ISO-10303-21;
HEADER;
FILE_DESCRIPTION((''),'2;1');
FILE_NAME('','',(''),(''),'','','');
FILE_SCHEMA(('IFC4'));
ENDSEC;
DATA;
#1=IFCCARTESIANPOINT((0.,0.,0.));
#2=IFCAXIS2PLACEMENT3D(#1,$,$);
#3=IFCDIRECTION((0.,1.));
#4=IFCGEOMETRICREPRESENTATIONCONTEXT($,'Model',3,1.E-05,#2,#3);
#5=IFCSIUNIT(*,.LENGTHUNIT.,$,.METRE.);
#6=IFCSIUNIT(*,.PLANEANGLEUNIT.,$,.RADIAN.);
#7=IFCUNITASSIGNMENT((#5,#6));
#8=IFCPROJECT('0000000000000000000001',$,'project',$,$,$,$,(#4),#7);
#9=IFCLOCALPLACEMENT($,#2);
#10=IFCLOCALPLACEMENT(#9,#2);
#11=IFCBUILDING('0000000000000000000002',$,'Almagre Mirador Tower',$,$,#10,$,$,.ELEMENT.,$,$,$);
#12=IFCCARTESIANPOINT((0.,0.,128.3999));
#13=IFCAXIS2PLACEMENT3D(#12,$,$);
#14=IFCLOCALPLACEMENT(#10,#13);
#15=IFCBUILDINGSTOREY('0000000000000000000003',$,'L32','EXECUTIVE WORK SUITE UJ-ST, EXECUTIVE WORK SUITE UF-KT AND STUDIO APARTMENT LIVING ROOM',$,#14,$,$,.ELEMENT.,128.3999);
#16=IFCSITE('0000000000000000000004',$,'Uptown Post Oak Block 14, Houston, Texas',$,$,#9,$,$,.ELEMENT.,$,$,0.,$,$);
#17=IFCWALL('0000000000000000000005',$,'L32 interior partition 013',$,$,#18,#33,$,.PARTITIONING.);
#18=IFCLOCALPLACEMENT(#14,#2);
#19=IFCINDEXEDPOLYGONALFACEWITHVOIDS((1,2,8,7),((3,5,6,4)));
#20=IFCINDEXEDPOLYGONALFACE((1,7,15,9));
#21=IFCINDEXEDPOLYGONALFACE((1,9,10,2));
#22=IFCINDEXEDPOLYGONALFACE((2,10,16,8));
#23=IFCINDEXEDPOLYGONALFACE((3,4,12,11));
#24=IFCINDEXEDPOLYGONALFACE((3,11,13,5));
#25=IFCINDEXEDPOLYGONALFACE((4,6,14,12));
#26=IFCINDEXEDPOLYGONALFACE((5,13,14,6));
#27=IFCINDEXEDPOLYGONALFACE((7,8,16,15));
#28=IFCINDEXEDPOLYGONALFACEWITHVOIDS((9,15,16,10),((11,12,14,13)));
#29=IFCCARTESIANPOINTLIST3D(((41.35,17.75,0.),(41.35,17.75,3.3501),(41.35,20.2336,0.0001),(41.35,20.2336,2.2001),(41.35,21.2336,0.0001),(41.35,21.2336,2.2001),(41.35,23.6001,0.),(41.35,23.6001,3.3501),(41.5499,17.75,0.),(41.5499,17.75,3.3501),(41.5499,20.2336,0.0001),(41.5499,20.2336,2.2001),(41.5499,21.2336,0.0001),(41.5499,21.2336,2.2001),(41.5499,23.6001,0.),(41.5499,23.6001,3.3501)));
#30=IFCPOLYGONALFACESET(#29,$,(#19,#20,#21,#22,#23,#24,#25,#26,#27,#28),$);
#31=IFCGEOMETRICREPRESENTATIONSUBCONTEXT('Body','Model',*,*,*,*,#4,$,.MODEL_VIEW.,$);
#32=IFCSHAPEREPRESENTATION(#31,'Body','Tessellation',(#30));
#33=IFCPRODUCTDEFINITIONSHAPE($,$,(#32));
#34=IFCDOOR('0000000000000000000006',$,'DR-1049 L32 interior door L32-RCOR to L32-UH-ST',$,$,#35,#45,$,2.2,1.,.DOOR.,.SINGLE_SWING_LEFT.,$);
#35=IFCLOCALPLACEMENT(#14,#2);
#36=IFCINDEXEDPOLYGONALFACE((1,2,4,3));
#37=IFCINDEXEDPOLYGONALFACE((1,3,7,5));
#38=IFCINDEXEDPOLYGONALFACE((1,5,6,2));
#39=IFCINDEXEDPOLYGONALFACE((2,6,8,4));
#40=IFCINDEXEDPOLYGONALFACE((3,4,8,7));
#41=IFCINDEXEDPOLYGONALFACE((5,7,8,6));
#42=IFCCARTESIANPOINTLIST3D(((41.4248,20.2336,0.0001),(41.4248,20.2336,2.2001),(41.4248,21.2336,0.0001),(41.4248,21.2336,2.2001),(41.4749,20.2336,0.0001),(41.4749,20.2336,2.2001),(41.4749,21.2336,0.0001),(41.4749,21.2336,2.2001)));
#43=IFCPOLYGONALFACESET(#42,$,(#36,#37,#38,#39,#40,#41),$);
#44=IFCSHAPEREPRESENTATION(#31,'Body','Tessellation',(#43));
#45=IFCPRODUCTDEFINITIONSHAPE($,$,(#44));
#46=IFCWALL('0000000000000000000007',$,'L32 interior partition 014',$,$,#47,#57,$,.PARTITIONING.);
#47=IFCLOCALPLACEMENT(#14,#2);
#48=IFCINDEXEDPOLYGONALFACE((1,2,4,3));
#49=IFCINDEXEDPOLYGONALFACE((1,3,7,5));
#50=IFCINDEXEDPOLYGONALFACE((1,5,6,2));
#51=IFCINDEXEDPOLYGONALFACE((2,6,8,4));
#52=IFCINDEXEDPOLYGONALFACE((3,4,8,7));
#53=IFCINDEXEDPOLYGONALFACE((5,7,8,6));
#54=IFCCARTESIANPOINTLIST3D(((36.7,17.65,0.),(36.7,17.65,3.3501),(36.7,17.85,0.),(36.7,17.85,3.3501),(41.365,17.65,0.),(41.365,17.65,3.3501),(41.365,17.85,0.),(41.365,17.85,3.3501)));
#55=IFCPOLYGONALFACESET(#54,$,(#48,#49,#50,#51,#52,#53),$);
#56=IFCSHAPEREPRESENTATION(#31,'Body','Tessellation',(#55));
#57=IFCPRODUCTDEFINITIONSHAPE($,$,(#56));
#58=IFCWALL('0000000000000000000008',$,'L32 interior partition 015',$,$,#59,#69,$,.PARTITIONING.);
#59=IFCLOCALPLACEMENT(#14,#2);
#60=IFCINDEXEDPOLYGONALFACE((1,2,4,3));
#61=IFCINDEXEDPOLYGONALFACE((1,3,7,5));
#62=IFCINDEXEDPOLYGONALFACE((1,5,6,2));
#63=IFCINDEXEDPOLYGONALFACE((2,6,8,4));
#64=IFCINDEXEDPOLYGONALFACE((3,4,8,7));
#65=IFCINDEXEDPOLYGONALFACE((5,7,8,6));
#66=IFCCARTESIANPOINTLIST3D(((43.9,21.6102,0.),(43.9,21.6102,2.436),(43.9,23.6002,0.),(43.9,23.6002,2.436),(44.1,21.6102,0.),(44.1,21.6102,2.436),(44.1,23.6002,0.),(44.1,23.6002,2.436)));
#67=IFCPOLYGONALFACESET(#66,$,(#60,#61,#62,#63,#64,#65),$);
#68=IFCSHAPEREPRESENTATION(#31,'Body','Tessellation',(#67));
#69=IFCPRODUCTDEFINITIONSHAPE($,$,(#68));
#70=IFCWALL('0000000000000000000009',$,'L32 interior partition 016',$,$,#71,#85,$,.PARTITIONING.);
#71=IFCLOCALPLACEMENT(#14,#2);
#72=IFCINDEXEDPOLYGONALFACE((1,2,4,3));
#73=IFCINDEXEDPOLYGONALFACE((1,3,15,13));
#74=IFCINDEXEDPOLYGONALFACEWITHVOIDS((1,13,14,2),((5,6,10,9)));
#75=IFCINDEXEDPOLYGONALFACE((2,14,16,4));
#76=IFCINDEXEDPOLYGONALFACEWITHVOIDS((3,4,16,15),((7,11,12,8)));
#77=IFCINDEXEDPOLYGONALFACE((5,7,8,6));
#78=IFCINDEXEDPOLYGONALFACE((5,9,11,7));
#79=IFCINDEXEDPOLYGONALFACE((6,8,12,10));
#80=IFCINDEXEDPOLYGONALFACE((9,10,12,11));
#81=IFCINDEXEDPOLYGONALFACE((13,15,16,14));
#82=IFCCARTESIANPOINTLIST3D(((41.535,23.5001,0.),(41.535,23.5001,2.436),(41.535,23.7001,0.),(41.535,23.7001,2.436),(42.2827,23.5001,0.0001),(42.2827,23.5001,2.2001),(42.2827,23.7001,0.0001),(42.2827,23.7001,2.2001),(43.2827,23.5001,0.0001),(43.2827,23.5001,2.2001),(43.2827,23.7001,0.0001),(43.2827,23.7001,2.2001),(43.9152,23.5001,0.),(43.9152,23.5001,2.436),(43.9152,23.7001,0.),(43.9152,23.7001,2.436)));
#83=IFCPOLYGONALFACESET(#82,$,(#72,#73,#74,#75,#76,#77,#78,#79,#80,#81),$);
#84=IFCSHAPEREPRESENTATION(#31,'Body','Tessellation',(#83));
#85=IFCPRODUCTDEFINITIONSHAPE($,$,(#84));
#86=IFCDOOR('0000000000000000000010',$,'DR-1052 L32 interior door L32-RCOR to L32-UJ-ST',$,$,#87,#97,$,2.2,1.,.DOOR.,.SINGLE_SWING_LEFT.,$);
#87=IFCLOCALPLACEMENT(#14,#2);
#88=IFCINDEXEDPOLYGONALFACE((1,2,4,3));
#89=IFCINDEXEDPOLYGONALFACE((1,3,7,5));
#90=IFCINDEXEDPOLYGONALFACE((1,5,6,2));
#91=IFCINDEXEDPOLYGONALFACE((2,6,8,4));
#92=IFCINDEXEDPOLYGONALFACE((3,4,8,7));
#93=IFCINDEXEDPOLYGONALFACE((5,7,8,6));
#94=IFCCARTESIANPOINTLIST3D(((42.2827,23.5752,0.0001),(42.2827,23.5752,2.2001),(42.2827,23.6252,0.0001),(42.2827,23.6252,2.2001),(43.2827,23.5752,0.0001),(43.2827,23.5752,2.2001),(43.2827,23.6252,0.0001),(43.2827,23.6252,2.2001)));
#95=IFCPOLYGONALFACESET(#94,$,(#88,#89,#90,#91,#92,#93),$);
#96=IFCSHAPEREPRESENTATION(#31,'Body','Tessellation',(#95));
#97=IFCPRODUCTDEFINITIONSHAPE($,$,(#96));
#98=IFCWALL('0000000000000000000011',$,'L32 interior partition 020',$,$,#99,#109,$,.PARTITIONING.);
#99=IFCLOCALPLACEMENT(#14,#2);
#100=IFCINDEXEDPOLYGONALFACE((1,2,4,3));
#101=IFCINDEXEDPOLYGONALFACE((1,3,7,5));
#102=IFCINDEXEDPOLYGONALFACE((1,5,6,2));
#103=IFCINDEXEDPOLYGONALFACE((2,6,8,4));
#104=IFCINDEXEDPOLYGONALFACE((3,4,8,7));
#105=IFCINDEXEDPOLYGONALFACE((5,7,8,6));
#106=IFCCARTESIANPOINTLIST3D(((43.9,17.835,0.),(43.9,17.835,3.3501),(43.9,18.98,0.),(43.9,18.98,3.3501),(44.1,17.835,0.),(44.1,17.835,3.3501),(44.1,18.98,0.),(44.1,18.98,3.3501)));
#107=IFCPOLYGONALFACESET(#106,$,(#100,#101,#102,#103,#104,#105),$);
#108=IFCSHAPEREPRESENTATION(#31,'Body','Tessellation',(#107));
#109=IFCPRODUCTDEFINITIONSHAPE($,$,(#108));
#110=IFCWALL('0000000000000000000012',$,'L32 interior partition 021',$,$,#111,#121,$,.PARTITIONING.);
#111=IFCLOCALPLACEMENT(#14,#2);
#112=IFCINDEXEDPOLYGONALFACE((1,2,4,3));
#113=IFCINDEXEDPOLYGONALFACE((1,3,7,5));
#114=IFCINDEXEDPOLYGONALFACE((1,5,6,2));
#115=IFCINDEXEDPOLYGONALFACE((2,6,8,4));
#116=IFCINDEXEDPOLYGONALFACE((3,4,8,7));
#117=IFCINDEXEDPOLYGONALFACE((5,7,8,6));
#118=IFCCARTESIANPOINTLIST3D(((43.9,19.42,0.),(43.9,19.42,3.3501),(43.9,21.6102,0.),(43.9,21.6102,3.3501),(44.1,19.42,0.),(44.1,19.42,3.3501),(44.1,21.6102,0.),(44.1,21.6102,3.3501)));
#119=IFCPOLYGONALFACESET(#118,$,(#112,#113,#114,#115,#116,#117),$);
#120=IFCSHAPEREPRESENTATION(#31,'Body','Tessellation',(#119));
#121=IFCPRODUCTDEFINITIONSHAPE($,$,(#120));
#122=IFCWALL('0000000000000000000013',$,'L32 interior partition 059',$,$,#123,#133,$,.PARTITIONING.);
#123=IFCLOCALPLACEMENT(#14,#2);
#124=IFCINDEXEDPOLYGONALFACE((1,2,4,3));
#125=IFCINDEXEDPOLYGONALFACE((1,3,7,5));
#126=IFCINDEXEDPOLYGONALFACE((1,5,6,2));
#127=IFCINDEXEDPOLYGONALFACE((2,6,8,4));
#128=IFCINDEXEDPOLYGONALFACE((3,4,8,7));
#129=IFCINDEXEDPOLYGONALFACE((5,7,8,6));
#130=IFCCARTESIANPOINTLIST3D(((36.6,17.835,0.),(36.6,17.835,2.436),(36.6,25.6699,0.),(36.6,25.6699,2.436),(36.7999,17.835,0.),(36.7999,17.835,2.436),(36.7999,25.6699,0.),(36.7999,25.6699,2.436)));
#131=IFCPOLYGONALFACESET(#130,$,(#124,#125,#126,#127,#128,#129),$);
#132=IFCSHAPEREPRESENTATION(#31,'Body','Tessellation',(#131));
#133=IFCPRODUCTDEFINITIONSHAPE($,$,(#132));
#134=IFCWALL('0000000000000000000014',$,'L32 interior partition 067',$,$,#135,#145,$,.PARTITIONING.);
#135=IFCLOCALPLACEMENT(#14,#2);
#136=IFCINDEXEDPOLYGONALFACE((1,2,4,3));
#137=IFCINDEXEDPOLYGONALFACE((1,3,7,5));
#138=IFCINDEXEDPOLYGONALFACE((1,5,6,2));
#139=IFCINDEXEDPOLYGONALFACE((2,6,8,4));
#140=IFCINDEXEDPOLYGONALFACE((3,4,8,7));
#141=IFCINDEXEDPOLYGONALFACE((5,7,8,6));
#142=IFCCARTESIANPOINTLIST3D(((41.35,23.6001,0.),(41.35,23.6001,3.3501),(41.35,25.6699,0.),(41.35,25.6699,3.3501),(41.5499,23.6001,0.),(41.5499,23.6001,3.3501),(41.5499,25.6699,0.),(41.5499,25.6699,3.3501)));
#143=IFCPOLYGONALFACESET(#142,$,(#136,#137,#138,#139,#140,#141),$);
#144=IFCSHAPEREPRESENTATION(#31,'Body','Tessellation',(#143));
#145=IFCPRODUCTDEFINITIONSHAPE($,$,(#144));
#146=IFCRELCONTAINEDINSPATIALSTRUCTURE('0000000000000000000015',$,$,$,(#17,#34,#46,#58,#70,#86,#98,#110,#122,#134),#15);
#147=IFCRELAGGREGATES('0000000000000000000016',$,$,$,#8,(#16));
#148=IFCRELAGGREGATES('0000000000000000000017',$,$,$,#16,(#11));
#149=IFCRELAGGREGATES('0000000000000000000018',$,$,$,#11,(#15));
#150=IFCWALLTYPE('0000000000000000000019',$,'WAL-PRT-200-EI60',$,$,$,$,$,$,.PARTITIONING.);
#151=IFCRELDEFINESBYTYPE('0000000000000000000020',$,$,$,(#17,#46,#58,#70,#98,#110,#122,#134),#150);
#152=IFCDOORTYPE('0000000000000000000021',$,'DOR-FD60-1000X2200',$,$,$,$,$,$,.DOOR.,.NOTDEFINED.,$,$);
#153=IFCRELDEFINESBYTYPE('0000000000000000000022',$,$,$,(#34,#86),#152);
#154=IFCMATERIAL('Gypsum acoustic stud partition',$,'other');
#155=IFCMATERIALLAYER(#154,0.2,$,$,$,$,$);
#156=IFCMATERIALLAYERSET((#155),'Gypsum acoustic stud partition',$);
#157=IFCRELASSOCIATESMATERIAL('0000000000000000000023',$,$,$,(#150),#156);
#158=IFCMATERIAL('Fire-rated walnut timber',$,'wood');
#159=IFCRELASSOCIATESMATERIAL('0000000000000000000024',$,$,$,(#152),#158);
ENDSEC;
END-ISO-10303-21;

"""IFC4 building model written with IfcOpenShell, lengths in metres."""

from ifc_helpers import new_model, si_unit, direction, frame, frame_2d, origin, place, context, subcontext, project, spatial, rectangle, extrude, material, layer, layer_set, type_object, element, fill, save


model = new_model("IFC4")

# Units and contexts
model_context = context("Model", 3, precision=1e-05, world=origin(), true_north=direction((0.0, 1.0)))
body_context = subcontext(model_context, "Body", "Model", "MODEL_VIEW")
ifc_project = project(units=[si_unit("LENGTHUNIT", "METRE"), si_unit("PLANEANGLEUNIT", "RADIAN")], contexts=[model_context])

# Site, building, storey
site_placement = place(None, origin())
site = spatial("IfcSite", under=ifc_project, at=site_placement, Name="Uptown Post Oak Block 14, Houston, Texas", CompositionType="ELEMENT", RefElevation=0.0)
building_placement = place(site_placement, origin())
building = spatial("IfcBuilding", under=site, at=building_placement, Name="Almagre Mirador Tower", CompositionType="ELEMENT")
storey_placement = place(building_placement, frame((0.0, 0.0, 128.3999)))
storey = spatial("IfcBuildingStorey", under=building, at=storey_placement, Name="L32", Description="EXECUTIVE WORK SUITE UJ-ST, EXECUTIVE WORK SUITE UF-KT AND STUDIO APARTMENT LIVING ROOM", CompositionType="ELEMENT", Elevation=128.3999)

# Shared definitions
ifc_material_1 = material(Name="Gypsum acoustic stud partition", Category="other")
ifc_layer_1 = layer(ifc_material_1, 0.2)
ifc_layer_set_1 = layer_set([ifc_layer_1], Name="Gypsum acoustic stud partition")
wall_type_1 = type_object("IfcWallType", Name="WAL-PRT-200-EI60", PredefinedType="PARTITIONING", material=ifc_layer_set_1)

# Wall, opening, door
wall_1_placement = place(storey_placement, frame((41.45, 23.6001, 0.0), z_axis=(0.0, 0.0, 1.0), x_axis=(0.0, -1.0, 0.0)))
wall_1 = element("IfcWall", 1, at=wall_1_placement, inside=storey, type_object=wall_type_1, Name="L32 interior partition 013", PredefinedType="PARTITIONING", context=body_context, shape_type="SweptSolid", body=[
    extrude(rectangle(XDim=5.8501, YDim=0.2, at=frame_2d((2.925, 0.0))), origin(), (0.0, 0.0, 1.0), 3.3501),
])
opening_1_placement = place(wall_1_placement, frame((2.3665, 0.0, 0.0)))
opening_1 = element("IfcOpeningElement", 2, at=opening_1_placement, cuts=wall_1, PredefinedType="OPENING", context=body_context, shape_type="SweptSolid", body=[
    extrude(rectangle(XDim=1.0, YDim=2.2, at=frame_2d((0.5, 1.1001))), frame((0.0, 0.1101, 0.0), z_axis=(0.0, -1.0, 0.0), x_axis=(1.0, 0.0, 0.0)), (0.0, 0.0, 1.0), 0.22),
])
ifc_material_2 = material(Name="Fire-rated walnut timber", Category="wood")
door_type = type_object("IfcDoorType", Name="DOR-FD60-1000X2200", OperationType="NOTDEFINED", PredefinedType="DOOR", material=ifc_material_2)
door_1_placement = place(opening_1_placement, origin())
door_1 = element("IfcDoor", 3, at=door_1_placement, inside=storey, type_object=door_type, Name="DR-1049 L32 interior door L32-RCOR to L32-UH-ST", OperationType="SINGLE_SWING_LEFT", OverallHeight=2.2, OverallWidth=1.0, PredefinedType="DOOR", context=body_context, shape_type="SweptSolid", body=[
    extrude(rectangle(XDim=1.0, YDim=2.2, at=frame_2d((0.5, 1.1001))), frame((0.0, 0.0249, 0.0), z_axis=(0.0, -1.0, 0.0), x_axis=(1.0, 0.0, 0.0)), (0.0, 0.0, 1.0), 0.05),
])
fill(opening_1, door_1)

# Walls
wall_2_placement = place(storey_placement, frame((41.365, 17.75, 0.0), z_axis=(0.0, 0.0, 1.0), x_axis=(-1.0, 0.0, 0.0)))
element("IfcWall", 4, at=wall_2_placement, inside=storey, type_object=wall_type_1, Name="L32 interior partition 014", PredefinedType="PARTITIONING", context=body_context, shape_type="SweptSolid", body=[
    extrude(rectangle(XDim=4.665, YDim=0.2, at=frame_2d((2.3325, 0.0))), origin(), (0.0, 0.0, 1.0), 3.3501),
])
wall_3_placement = place(storey_placement, frame((44.0, 21.6101, 0.0), z_axis=(0.0, 0.0, 1.0), x_axis=(0.0, 1.0, 0.0)))
element("IfcWall", 5, at=wall_3_placement, inside=storey, type_object=wall_type_1, Name="L32 interior partition 015", PredefinedType="PARTITIONING", context=body_context, shape_type="SweptSolid", body=[
    extrude(rectangle(XDim=1.99, YDim=0.2, at=frame_2d((0.9951, 0.0))), origin(), (0.0, 0.0, 1.0), 2.436),
])

# Wall, opening, door
wall_4_placement = place(storey_placement, frame((43.915, 23.6001, 0.0), z_axis=(0.0, 0.0, 1.0), x_axis=(-1.0, 0.0, 0.0)))
wall_4 = element("IfcWall", 6, at=wall_4_placement, inside=storey, type_object=wall_type_1, Name="L32 interior partition 016", PredefinedType="PARTITIONING", context=body_context, shape_type="SweptSolid", body=[
    extrude(rectangle(XDim=2.3801, YDim=0.2, at=frame_2d((1.1899, 0.0))), origin(), (0.0, 0.0, 1.0), 2.436),
])
opening_2_placement = place(wall_4_placement, frame((0.6323, 0.0, 0.0)))
opening_2 = element("IfcOpeningElement", 7, at=opening_2_placement, cuts=wall_4, PredefinedType="OPENING", context=body_context, shape_type="SweptSolid", body=[
    extrude(rectangle(XDim=1.0, YDim=2.2, at=frame_2d((0.5, 1.1001))), frame((0.0, 0.1101, 0.0), z_axis=(0.0, -1.0, 0.0), x_axis=(1.0, 0.0, 0.0)), (0.0, 0.0, 1.0), 0.22),
])
door_2_placement = place(opening_2_placement, origin())
door_2 = element("IfcDoor", 8, at=door_2_placement, inside=storey, type_object=door_type, Name="DR-1052 L32 interior door L32-RCOR to L32-UJ-ST", OperationType="SINGLE_SWING_LEFT", OverallHeight=2.2, OverallWidth=1.0, PredefinedType="DOOR", context=body_context, shape_type="SweptSolid", body=[
    extrude(rectangle(XDim=1.0, YDim=2.2, at=frame_2d((0.5, 1.1001))), frame((0.0, 0.0249, 0.0), z_axis=(0.0, -1.0, 0.0), x_axis=(1.0, 0.0, 0.0)), (0.0, 0.0, 1.0), 0.05),
])
fill(opening_2, door_2)

# Walls
wall_5_placement = place(storey_placement, frame((44.0, 17.835, 0.0), z_axis=(0.0, 0.0, 1.0), x_axis=(0.0, 1.0, 0.0)))
element("IfcWall", 9, at=wall_5_placement, inside=storey, type_object=wall_type_1, Name="L32 interior partition 020", PredefinedType="PARTITIONING", context=body_context, shape_type="SweptSolid", body=[
    extrude(rectangle(XDim=1.145, YDim=0.2, at=frame_2d((0.5725, 0.0))), origin(), (0.0, 0.0, 1.0), 3.3501),
])
wall_6_placement = place(storey_placement, frame((44.0, 19.4199, 0.0), z_axis=(0.0, 0.0, 1.0), x_axis=(0.0, 1.0, 0.0)))
element("IfcWall", 10, at=wall_6_placement, inside=storey, type_object=wall_type_1, Name="L32 interior partition 021", PredefinedType="PARTITIONING", context=body_context, shape_type="SweptSolid", body=[
    extrude(rectangle(XDim=2.1902, YDim=0.2, at=frame_2d((1.0952, 0.0))), origin(), (0.0, 0.0, 1.0), 3.3501),
])
wall_7_placement = place(storey_placement, frame((36.7, 17.835, 0.0), z_axis=(0.0, 0.0, 1.0), x_axis=(0.0, 1.0, 0.0)))
element("IfcWall", 11, at=wall_7_placement, inside=storey, type_object=wall_type_1, Name="L32 interior partition 059", PredefinedType="PARTITIONING", context=body_context, shape_type="SweptSolid", body=[
    extrude(rectangle(XDim=7.835, YDim=0.2, at=frame_2d((3.9175, 0.0))), origin(), (0.0, 0.0, 1.0), 2.436),
])
wall_8_placement = place(storey_placement, frame((41.45, 23.6001, 0.0), z_axis=(0.0, 0.0, 1.0), x_axis=(0.0, 1.0, 0.0)))
element("IfcWall", 12, at=wall_8_placement, inside=storey, type_object=wall_type_1, Name="L32 interior partition 067", PredefinedType="PARTITIONING", context=body_context, shape_type="SweptSolid", body=[
    extrude(rectangle(XDim=2.0698, YDim=0.2, at=frame_2d((1.0349, 0.0))), origin(), (0.0, 0.0, 1.0), 3.3501),
])

save(model, "model.ifc")
